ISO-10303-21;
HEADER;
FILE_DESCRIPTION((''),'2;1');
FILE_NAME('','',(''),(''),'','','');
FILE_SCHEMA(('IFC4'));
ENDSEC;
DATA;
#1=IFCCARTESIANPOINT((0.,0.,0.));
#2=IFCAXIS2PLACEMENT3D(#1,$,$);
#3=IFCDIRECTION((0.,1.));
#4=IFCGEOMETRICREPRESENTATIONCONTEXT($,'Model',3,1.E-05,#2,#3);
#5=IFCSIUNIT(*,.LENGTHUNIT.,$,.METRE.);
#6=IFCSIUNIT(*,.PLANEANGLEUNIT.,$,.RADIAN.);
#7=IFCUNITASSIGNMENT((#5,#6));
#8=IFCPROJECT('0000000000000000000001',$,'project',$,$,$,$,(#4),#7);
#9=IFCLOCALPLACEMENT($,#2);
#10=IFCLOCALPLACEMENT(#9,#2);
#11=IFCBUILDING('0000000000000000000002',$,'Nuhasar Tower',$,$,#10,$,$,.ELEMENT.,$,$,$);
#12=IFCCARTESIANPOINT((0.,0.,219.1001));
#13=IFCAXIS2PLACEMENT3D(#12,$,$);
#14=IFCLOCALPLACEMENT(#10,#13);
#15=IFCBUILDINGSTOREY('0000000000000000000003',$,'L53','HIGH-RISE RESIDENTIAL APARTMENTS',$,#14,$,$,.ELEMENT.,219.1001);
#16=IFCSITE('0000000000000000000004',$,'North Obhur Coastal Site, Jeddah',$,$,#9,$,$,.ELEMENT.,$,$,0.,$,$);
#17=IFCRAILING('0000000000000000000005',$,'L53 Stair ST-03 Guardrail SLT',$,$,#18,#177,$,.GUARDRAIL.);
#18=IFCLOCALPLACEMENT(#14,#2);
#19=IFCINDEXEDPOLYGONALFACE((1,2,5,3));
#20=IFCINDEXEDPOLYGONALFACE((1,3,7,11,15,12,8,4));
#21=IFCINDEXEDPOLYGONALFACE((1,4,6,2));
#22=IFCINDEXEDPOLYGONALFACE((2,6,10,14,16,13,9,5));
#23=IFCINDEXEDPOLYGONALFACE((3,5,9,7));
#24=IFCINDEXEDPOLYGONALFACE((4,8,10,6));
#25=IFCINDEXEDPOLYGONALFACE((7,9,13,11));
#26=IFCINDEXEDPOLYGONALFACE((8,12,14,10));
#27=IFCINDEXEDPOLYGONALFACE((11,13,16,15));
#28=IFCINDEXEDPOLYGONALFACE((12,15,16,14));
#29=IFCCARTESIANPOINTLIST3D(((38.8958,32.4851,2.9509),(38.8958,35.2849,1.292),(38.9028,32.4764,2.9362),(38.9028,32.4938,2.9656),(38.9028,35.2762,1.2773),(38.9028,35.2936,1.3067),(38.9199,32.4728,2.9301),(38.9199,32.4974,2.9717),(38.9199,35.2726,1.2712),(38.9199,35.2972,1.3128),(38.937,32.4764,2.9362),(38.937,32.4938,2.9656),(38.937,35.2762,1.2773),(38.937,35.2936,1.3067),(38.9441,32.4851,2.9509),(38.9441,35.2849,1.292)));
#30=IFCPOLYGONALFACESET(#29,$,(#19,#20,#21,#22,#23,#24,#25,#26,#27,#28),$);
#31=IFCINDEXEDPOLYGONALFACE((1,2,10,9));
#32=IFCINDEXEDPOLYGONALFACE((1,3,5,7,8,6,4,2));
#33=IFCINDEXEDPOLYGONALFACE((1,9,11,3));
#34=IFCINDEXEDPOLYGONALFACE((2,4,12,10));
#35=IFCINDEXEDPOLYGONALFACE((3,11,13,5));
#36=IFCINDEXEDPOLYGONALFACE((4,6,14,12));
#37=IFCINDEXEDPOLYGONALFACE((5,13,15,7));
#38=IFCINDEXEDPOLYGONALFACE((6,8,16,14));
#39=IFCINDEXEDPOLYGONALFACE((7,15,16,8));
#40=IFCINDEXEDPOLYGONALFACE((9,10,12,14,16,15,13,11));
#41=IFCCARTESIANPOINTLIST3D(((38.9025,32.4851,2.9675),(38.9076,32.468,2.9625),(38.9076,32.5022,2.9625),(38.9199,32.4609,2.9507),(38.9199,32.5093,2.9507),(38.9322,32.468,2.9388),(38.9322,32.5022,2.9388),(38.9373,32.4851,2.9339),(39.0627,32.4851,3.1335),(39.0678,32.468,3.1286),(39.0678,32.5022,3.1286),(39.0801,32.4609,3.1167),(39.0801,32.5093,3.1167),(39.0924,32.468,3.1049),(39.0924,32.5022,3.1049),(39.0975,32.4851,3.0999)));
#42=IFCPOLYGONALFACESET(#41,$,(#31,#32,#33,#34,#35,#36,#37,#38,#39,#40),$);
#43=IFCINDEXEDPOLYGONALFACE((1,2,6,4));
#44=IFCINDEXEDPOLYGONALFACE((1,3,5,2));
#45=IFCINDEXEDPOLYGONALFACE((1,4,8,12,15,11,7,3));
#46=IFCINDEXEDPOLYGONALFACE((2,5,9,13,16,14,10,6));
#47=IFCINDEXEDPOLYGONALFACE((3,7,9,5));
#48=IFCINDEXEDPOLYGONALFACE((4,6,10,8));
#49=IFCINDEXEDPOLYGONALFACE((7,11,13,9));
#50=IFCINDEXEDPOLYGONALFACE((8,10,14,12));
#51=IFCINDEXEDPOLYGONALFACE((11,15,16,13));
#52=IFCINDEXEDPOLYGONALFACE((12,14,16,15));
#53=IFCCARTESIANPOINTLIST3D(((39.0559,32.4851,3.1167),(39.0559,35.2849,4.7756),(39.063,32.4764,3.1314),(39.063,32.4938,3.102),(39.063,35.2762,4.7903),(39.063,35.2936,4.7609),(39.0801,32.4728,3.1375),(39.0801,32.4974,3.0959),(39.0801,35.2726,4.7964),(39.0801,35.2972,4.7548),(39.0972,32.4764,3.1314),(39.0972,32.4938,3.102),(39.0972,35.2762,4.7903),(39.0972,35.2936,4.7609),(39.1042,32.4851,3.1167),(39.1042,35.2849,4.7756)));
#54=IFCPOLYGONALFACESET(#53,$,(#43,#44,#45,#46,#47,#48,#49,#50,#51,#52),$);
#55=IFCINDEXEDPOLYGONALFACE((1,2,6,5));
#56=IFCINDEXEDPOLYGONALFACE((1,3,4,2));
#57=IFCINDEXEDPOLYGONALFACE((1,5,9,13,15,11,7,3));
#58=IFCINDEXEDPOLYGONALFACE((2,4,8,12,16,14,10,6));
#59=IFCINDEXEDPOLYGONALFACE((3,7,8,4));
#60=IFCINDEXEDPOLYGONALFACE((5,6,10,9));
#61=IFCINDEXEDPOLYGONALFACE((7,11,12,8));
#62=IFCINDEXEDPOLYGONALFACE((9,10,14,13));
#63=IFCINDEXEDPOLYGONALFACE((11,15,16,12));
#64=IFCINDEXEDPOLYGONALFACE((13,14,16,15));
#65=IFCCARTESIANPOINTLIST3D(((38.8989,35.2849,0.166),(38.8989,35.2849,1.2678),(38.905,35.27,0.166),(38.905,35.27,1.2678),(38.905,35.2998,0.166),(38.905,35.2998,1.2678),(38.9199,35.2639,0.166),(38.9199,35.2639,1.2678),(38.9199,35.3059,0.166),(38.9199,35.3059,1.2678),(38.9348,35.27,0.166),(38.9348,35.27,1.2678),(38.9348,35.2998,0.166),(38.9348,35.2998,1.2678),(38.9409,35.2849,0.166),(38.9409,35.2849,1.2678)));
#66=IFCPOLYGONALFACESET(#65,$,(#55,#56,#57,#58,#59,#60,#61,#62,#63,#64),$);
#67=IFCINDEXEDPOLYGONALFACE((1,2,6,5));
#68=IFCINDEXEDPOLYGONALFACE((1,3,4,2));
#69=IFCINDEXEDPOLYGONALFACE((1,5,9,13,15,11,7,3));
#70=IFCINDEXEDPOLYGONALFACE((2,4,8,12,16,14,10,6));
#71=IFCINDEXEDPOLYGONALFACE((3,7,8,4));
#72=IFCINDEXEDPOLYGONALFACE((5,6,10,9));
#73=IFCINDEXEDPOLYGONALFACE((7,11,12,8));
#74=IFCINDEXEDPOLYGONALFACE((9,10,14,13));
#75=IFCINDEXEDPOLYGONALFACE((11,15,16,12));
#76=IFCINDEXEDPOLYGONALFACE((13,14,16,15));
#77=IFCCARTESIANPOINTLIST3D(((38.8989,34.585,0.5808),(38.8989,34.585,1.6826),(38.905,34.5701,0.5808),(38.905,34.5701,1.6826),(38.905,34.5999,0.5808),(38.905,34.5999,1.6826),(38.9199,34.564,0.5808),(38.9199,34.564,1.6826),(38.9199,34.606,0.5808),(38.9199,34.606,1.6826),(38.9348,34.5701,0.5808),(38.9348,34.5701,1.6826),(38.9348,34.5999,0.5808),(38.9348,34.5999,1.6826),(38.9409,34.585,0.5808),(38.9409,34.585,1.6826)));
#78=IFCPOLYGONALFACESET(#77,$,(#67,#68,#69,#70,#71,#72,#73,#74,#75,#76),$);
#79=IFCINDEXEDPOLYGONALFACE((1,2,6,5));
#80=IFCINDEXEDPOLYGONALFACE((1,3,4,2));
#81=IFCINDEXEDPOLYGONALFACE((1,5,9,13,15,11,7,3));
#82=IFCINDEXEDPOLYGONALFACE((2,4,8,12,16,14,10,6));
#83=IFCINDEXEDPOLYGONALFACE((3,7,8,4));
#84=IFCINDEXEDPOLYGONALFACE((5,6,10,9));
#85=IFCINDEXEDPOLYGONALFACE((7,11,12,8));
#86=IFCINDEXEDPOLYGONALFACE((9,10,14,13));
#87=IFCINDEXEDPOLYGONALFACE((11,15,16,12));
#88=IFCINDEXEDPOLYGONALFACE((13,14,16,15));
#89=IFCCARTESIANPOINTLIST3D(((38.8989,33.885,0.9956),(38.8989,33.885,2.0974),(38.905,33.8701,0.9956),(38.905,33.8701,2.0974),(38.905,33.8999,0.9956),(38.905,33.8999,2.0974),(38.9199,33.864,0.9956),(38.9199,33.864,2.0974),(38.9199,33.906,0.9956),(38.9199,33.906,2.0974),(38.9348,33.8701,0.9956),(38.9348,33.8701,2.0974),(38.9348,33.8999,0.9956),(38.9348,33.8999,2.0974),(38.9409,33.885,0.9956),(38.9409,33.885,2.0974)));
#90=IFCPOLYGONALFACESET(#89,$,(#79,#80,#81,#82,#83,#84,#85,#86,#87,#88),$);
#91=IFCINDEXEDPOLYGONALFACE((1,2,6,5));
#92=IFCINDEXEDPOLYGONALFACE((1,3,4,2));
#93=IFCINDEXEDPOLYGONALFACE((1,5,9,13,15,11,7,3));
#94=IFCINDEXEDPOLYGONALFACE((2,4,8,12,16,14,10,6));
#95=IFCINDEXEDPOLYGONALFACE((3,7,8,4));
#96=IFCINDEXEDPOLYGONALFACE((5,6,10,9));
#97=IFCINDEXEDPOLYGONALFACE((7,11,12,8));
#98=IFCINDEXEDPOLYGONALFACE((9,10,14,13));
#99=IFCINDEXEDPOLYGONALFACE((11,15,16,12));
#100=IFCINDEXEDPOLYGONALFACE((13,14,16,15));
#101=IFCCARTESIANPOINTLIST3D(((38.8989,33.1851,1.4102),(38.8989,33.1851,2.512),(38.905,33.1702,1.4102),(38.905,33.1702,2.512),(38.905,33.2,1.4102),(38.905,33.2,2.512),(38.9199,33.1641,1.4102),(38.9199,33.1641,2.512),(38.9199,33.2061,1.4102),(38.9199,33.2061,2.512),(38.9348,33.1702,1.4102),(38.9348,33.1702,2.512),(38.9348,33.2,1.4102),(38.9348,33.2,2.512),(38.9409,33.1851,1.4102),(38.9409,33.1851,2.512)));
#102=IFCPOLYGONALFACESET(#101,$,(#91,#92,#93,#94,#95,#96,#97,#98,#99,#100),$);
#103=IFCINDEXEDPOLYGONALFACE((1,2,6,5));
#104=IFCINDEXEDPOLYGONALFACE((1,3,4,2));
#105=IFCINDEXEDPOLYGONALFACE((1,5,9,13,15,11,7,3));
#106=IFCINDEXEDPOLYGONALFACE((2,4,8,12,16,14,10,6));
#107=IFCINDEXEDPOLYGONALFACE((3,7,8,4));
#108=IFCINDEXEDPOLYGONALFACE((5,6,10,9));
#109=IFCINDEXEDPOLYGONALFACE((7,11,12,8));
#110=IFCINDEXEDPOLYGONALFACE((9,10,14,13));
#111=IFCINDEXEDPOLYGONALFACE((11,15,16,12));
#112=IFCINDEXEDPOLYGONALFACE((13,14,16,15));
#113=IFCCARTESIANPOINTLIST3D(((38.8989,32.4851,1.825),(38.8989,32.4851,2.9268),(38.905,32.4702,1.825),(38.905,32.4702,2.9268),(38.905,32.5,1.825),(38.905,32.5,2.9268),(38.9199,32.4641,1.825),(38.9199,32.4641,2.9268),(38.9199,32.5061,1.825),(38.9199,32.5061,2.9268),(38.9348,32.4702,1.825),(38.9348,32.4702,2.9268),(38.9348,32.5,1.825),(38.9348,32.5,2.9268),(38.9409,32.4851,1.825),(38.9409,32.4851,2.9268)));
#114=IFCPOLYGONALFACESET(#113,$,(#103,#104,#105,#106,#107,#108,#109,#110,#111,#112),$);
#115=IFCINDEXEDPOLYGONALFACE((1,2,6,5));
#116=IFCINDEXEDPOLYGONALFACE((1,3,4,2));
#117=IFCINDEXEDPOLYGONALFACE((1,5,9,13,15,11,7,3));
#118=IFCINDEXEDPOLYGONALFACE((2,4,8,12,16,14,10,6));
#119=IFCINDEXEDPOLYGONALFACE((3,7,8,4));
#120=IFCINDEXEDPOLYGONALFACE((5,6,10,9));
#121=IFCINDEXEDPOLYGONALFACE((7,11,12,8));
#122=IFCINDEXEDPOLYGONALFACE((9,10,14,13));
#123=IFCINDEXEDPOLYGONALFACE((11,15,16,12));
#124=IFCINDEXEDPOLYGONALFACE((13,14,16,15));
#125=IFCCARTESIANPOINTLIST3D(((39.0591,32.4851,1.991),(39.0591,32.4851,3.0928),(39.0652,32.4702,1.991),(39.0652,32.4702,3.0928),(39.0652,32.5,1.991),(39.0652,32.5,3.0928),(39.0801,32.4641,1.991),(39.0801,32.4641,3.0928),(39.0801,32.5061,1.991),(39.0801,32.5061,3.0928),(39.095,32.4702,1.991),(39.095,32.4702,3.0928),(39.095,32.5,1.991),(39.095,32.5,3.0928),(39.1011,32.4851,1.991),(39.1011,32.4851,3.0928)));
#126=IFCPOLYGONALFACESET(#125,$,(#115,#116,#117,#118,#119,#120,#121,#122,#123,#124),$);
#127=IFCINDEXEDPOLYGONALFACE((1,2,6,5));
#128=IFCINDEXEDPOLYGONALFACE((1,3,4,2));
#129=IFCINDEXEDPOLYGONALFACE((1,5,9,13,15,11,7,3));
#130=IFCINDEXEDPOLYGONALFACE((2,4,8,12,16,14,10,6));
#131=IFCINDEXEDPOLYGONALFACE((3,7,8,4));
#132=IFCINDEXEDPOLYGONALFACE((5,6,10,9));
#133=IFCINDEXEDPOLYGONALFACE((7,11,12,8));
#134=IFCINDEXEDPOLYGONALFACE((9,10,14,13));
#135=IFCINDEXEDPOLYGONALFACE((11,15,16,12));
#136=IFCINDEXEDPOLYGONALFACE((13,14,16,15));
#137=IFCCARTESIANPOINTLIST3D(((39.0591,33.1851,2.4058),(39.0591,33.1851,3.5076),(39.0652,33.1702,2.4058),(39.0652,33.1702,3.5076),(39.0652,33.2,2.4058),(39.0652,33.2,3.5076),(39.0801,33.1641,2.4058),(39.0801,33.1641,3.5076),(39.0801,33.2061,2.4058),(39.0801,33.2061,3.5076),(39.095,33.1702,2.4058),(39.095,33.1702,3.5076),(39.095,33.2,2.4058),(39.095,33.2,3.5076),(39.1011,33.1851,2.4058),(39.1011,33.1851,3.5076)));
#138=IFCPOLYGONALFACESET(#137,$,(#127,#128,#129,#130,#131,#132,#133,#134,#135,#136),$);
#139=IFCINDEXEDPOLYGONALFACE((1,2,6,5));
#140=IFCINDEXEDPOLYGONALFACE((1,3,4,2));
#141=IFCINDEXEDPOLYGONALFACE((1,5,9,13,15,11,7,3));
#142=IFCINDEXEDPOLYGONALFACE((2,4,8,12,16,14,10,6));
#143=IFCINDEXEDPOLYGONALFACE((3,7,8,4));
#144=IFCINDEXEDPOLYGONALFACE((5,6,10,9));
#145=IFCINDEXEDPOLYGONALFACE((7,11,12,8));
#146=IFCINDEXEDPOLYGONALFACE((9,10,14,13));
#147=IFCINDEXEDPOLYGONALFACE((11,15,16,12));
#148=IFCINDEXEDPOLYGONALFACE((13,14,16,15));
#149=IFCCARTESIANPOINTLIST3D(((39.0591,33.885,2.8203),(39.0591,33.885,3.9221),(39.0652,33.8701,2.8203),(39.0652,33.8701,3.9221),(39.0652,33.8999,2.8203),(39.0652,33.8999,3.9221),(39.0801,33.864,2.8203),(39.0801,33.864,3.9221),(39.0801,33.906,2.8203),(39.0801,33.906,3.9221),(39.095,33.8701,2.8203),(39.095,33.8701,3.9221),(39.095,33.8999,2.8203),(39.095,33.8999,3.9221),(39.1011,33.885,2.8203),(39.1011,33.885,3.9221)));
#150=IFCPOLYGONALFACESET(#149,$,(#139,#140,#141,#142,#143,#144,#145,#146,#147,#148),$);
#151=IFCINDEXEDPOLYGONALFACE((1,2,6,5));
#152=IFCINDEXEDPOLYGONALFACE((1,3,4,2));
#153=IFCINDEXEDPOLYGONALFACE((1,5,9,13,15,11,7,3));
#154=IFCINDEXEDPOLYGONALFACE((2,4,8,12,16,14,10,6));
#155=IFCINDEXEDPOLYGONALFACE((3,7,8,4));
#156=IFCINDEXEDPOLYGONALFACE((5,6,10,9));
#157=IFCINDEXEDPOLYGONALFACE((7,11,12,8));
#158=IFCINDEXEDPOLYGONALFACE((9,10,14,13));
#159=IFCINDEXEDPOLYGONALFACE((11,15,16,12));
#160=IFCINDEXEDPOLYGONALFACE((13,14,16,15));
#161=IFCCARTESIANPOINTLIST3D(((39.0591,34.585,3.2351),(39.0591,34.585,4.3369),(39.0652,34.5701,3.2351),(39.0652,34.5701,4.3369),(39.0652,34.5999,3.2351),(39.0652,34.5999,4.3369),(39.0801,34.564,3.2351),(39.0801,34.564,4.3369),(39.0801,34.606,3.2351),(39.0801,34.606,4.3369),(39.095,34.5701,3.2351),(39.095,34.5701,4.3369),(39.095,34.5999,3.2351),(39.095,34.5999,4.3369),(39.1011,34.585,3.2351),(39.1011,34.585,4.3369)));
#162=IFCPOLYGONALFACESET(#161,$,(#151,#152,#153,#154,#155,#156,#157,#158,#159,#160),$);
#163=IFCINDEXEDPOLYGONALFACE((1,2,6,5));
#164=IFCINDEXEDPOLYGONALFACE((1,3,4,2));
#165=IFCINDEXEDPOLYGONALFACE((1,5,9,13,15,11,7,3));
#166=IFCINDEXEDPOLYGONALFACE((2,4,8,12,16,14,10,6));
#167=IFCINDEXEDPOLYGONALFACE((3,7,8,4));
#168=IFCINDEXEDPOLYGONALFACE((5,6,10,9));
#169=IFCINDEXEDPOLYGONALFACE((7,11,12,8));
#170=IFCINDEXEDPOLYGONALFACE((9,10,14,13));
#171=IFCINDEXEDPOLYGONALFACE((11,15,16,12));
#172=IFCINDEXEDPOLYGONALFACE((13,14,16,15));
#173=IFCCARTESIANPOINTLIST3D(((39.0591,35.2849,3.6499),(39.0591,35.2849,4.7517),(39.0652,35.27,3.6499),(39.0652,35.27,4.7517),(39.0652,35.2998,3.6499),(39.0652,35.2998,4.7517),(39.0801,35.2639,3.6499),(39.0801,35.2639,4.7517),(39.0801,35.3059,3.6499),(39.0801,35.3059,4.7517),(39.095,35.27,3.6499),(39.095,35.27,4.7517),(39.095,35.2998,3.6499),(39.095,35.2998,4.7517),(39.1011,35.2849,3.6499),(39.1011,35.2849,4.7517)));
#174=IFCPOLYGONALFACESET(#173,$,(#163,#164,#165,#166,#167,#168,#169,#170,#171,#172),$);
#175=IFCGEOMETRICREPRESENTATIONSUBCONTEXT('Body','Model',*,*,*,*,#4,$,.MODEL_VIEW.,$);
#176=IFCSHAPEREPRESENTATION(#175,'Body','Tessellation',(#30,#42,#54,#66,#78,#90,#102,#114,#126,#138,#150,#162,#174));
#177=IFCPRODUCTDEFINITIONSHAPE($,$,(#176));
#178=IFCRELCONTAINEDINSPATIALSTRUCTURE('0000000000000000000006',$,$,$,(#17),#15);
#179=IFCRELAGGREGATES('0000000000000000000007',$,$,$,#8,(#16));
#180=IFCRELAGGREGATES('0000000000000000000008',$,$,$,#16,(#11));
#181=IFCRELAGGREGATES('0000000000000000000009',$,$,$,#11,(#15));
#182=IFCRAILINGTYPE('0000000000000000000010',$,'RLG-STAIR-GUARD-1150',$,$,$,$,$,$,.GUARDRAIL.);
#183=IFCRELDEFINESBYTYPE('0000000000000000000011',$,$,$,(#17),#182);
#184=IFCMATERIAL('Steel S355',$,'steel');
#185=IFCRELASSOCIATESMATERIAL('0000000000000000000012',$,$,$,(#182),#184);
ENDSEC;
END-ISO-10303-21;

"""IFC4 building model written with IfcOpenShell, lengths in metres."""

from ifc_helpers import new_model, si_unit, direction, frame, origin, place, context, subcontext, project, spatial, polyline, outline, extrude, material, type_object, element, save


model = new_model("IFC4")

# Units and contexts
model_context = context("Model", 3, precision=1e-05, world=origin(), true_north=direction((0.0, 1.0)))
body_context = subcontext(model_context, "Body", "Model", "MODEL_VIEW")
ifc_project = project(units=[si_unit("LENGTHUNIT", "METRE"), si_unit("PLANEANGLEUNIT", "RADIAN")], contexts=[model_context])

# Site, building, storey
site_placement = place(None, origin())
site = spatial("IfcSite", under=ifc_project, at=site_placement, Name="North Obhur Coastal Site, Jeddah", CompositionType="ELEMENT", RefElevation=0.0)
building_placement = place(site_placement, origin())
building = spatial("IfcBuilding", under=site, at=building_placement, Name="Nuhasar Tower", CompositionType="ELEMENT")
storey_placement = place(building_placement, frame((0.0, 0.0, 219.1001)))
storey = spatial("IfcBuildingStorey", under=building, at=storey_placement, Name="L53", Description="HIGH-RISE RESIDENTIAL APARTMENTS", CompositionType="ELEMENT", Elevation=219.1001)

# Shared definitions
ifc_material_1 = material(Name="Steel S355", Category="steel")

# Railing
railing_type_1 = type_object("IfcRailingType", Name="RLG-STAIR-GUARD-1150", PredefinedType="GUARDRAIL", material=ifc_material_1)
railing_1_placement = place(storey_placement, frame((38.9199, 35.2849, 0.166)))
element("IfcRailing", 1, at=railing_1_placement, inside=storey, type_object=railing_type_1, Name="L53 Stair ST-03 Guardrail SLT", PredefinedType="GUARDRAIL", context=body_context, shape_type="SweptSolid", body=[
    extrude(outline(polyline([(0.0242, 0.0), (0.0171, 0.0171), (0.0, 0.0242), (-0.0171, 0.0171), (-0.0242, 0.0), (-0.0171, -0.0171), (0.0, -0.0242), (0.0171, -0.0171), (0.0242, 0.0)])), frame((0.0, 0.0, 1.126), z_axis=(0.0, -0.86032, 0.509755), x_axis=(1.0, 0.0, 0.0)), (0.0, 0.0, 1.0), 3.2544),
    extrude(outline(polyline([(0.0242, 0.0), (0.0171, 0.0171), (0.0, 0.0242), (-0.0171, 0.0171), (-0.0242, 0.0), (-0.0171, -0.0171), (0.0, -0.0242), (0.0171, -0.0171), (0.0242, 0.0)])), frame((0.0, -2.7998, 2.7847), z_axis=(0.694292, 0.0, 0.719693), x_axis=(0.0, 1.0, 0.0)), (0.0, 0.0, 1.0), 0.2307),
    extrude(outline(polyline([(0.0242, 0.0), (0.0171, 0.0171), (0.0, 0.0242), (-0.0171, 0.0171), (-0.0242, 0.0), (-0.0171, -0.0171), (0.0, -0.0242), (0.0171, -0.0171), (0.0242, 0.0)])), frame((0.1602, -2.7998, 2.9507), z_axis=(0.0, 0.86032, 0.509755), x_axis=(-1.0, 0.0, 0.0)), (0.0, 0.0, 1.0), 3.2544),
    extrude(outline(polyline([(0.021, 0.0), (0.0149, 0.0149), (0.0, 0.021), (-0.0149, 0.0149), (-0.021, 0.0), (-0.0149, -0.0149), (0.0, -0.021), (0.0149, -0.0149), (0.021, 0.0)])), origin(), (0.0, 0.0, 1.0), 1.1018),
    extrude(outline(polyline([(0.021, 0.0), (0.0149, 0.0149), (0.0, 0.021), (-0.0149, 0.0149), (-0.021, 0.0), (-0.0149, -0.0149), (0.0, -0.021), (0.0149, -0.0149), (0.021, 0.0)])), frame((0.0, -0.7, 0.4148)), (0.0, 0.0, 1.0), 1.1018),
    extrude(outline(polyline([(0.021, 0.0), (0.0149, 0.0149), (0.0, 0.021), (-0.0149, 0.0149), (-0.021, 0.0), (-0.0149, -0.0149), (0.0, -0.021), (0.0149, -0.0149), (0.021, 0.0)])), frame((0.0, -1.3999, 0.8296)), (0.0, 0.0, 1.0), 1.1018),
    extrude(outline(polyline([(0.021, 0.0), (0.0149, 0.0149), (0.0, 0.021), (-0.0149, 0.0149), (-0.021, 0.0), (-0.0149, -0.0149), (0.0, -0.021), (0.0149, -0.0149), (0.021, 0.0)])), frame((0.0, -2.0999, 1.2441)), (0.0, 0.0, 1.0), 1.1018),
    extrude(outline(polyline([(0.021, 0.0), (0.0149, 0.0149), (0.0, 0.021), (-0.0149, 0.0149), (-0.021, 0.0), (-0.0149, -0.0149), (0.0, -0.021), (0.0149, -0.0149), (0.021, 0.0)])), frame((0.0, -2.7998, 1.6589)), (0.0, 0.0, 1.0), 1.1018),
    extrude(outline(polyline([(0.021, 0.0), (0.0149, 0.0149), (0.0, 0.021), (-0.0149, 0.0149), (-0.021, 0.0), (-0.0149, -0.0149), (0.0, -0.021), (0.0149, -0.0149), (0.021, 0.0)])), frame((0.1602, -2.7998, 1.825)), (0.0, 0.0, 1.0), 1.1018),
    extrude(outline(polyline([(0.021, 0.0), (0.0149, 0.0149), (0.0, 0.021), (-0.0149, 0.0149), (-0.021, 0.0), (-0.0149, -0.0149), (0.0, -0.021), (0.0149, -0.0149), (0.021, 0.0)])), frame((0.1602, -2.0999, 2.2397)), (0.0, 0.0, 1.0), 1.1018),
    extrude(outline(polyline([(0.021, 0.0), (0.0149, 0.0149), (0.0, 0.021), (-0.0149, 0.0149), (-0.021, 0.0), (-0.0149, -0.0149), (0.0, -0.021), (0.0149, -0.0149), (0.021, 0.0)])), frame((0.1602, -1.3999, 2.6543)), (0.0, 0.0, 1.0), 1.1018),
    extrude(outline(polyline([(0.021, 0.0), (0.0149, 0.0149), (0.0, 0.021), (-0.0149, 0.0149), (-0.021, 0.0), (-0.0149, -0.0149), (0.0, -0.021), (0.0149, -0.0149), (0.021, 0.0)])), frame((0.1602, -0.7, 3.0691)), (0.0, 0.0, 1.0), 1.1018),
    extrude(outline(polyline([(0.021, 0.0), (0.0149, 0.0149), (0.0, 0.021), (-0.0149, 0.0149), (-0.021, 0.0), (-0.0149, -0.0149), (0.0, -0.021), (0.0149, -0.0149), (0.021, 0.0)])), frame((0.1602, 0.0, 3.4839)), (0.0, 0.0, 1.0), 1.1018),
])

save(model, "model.ifc")
